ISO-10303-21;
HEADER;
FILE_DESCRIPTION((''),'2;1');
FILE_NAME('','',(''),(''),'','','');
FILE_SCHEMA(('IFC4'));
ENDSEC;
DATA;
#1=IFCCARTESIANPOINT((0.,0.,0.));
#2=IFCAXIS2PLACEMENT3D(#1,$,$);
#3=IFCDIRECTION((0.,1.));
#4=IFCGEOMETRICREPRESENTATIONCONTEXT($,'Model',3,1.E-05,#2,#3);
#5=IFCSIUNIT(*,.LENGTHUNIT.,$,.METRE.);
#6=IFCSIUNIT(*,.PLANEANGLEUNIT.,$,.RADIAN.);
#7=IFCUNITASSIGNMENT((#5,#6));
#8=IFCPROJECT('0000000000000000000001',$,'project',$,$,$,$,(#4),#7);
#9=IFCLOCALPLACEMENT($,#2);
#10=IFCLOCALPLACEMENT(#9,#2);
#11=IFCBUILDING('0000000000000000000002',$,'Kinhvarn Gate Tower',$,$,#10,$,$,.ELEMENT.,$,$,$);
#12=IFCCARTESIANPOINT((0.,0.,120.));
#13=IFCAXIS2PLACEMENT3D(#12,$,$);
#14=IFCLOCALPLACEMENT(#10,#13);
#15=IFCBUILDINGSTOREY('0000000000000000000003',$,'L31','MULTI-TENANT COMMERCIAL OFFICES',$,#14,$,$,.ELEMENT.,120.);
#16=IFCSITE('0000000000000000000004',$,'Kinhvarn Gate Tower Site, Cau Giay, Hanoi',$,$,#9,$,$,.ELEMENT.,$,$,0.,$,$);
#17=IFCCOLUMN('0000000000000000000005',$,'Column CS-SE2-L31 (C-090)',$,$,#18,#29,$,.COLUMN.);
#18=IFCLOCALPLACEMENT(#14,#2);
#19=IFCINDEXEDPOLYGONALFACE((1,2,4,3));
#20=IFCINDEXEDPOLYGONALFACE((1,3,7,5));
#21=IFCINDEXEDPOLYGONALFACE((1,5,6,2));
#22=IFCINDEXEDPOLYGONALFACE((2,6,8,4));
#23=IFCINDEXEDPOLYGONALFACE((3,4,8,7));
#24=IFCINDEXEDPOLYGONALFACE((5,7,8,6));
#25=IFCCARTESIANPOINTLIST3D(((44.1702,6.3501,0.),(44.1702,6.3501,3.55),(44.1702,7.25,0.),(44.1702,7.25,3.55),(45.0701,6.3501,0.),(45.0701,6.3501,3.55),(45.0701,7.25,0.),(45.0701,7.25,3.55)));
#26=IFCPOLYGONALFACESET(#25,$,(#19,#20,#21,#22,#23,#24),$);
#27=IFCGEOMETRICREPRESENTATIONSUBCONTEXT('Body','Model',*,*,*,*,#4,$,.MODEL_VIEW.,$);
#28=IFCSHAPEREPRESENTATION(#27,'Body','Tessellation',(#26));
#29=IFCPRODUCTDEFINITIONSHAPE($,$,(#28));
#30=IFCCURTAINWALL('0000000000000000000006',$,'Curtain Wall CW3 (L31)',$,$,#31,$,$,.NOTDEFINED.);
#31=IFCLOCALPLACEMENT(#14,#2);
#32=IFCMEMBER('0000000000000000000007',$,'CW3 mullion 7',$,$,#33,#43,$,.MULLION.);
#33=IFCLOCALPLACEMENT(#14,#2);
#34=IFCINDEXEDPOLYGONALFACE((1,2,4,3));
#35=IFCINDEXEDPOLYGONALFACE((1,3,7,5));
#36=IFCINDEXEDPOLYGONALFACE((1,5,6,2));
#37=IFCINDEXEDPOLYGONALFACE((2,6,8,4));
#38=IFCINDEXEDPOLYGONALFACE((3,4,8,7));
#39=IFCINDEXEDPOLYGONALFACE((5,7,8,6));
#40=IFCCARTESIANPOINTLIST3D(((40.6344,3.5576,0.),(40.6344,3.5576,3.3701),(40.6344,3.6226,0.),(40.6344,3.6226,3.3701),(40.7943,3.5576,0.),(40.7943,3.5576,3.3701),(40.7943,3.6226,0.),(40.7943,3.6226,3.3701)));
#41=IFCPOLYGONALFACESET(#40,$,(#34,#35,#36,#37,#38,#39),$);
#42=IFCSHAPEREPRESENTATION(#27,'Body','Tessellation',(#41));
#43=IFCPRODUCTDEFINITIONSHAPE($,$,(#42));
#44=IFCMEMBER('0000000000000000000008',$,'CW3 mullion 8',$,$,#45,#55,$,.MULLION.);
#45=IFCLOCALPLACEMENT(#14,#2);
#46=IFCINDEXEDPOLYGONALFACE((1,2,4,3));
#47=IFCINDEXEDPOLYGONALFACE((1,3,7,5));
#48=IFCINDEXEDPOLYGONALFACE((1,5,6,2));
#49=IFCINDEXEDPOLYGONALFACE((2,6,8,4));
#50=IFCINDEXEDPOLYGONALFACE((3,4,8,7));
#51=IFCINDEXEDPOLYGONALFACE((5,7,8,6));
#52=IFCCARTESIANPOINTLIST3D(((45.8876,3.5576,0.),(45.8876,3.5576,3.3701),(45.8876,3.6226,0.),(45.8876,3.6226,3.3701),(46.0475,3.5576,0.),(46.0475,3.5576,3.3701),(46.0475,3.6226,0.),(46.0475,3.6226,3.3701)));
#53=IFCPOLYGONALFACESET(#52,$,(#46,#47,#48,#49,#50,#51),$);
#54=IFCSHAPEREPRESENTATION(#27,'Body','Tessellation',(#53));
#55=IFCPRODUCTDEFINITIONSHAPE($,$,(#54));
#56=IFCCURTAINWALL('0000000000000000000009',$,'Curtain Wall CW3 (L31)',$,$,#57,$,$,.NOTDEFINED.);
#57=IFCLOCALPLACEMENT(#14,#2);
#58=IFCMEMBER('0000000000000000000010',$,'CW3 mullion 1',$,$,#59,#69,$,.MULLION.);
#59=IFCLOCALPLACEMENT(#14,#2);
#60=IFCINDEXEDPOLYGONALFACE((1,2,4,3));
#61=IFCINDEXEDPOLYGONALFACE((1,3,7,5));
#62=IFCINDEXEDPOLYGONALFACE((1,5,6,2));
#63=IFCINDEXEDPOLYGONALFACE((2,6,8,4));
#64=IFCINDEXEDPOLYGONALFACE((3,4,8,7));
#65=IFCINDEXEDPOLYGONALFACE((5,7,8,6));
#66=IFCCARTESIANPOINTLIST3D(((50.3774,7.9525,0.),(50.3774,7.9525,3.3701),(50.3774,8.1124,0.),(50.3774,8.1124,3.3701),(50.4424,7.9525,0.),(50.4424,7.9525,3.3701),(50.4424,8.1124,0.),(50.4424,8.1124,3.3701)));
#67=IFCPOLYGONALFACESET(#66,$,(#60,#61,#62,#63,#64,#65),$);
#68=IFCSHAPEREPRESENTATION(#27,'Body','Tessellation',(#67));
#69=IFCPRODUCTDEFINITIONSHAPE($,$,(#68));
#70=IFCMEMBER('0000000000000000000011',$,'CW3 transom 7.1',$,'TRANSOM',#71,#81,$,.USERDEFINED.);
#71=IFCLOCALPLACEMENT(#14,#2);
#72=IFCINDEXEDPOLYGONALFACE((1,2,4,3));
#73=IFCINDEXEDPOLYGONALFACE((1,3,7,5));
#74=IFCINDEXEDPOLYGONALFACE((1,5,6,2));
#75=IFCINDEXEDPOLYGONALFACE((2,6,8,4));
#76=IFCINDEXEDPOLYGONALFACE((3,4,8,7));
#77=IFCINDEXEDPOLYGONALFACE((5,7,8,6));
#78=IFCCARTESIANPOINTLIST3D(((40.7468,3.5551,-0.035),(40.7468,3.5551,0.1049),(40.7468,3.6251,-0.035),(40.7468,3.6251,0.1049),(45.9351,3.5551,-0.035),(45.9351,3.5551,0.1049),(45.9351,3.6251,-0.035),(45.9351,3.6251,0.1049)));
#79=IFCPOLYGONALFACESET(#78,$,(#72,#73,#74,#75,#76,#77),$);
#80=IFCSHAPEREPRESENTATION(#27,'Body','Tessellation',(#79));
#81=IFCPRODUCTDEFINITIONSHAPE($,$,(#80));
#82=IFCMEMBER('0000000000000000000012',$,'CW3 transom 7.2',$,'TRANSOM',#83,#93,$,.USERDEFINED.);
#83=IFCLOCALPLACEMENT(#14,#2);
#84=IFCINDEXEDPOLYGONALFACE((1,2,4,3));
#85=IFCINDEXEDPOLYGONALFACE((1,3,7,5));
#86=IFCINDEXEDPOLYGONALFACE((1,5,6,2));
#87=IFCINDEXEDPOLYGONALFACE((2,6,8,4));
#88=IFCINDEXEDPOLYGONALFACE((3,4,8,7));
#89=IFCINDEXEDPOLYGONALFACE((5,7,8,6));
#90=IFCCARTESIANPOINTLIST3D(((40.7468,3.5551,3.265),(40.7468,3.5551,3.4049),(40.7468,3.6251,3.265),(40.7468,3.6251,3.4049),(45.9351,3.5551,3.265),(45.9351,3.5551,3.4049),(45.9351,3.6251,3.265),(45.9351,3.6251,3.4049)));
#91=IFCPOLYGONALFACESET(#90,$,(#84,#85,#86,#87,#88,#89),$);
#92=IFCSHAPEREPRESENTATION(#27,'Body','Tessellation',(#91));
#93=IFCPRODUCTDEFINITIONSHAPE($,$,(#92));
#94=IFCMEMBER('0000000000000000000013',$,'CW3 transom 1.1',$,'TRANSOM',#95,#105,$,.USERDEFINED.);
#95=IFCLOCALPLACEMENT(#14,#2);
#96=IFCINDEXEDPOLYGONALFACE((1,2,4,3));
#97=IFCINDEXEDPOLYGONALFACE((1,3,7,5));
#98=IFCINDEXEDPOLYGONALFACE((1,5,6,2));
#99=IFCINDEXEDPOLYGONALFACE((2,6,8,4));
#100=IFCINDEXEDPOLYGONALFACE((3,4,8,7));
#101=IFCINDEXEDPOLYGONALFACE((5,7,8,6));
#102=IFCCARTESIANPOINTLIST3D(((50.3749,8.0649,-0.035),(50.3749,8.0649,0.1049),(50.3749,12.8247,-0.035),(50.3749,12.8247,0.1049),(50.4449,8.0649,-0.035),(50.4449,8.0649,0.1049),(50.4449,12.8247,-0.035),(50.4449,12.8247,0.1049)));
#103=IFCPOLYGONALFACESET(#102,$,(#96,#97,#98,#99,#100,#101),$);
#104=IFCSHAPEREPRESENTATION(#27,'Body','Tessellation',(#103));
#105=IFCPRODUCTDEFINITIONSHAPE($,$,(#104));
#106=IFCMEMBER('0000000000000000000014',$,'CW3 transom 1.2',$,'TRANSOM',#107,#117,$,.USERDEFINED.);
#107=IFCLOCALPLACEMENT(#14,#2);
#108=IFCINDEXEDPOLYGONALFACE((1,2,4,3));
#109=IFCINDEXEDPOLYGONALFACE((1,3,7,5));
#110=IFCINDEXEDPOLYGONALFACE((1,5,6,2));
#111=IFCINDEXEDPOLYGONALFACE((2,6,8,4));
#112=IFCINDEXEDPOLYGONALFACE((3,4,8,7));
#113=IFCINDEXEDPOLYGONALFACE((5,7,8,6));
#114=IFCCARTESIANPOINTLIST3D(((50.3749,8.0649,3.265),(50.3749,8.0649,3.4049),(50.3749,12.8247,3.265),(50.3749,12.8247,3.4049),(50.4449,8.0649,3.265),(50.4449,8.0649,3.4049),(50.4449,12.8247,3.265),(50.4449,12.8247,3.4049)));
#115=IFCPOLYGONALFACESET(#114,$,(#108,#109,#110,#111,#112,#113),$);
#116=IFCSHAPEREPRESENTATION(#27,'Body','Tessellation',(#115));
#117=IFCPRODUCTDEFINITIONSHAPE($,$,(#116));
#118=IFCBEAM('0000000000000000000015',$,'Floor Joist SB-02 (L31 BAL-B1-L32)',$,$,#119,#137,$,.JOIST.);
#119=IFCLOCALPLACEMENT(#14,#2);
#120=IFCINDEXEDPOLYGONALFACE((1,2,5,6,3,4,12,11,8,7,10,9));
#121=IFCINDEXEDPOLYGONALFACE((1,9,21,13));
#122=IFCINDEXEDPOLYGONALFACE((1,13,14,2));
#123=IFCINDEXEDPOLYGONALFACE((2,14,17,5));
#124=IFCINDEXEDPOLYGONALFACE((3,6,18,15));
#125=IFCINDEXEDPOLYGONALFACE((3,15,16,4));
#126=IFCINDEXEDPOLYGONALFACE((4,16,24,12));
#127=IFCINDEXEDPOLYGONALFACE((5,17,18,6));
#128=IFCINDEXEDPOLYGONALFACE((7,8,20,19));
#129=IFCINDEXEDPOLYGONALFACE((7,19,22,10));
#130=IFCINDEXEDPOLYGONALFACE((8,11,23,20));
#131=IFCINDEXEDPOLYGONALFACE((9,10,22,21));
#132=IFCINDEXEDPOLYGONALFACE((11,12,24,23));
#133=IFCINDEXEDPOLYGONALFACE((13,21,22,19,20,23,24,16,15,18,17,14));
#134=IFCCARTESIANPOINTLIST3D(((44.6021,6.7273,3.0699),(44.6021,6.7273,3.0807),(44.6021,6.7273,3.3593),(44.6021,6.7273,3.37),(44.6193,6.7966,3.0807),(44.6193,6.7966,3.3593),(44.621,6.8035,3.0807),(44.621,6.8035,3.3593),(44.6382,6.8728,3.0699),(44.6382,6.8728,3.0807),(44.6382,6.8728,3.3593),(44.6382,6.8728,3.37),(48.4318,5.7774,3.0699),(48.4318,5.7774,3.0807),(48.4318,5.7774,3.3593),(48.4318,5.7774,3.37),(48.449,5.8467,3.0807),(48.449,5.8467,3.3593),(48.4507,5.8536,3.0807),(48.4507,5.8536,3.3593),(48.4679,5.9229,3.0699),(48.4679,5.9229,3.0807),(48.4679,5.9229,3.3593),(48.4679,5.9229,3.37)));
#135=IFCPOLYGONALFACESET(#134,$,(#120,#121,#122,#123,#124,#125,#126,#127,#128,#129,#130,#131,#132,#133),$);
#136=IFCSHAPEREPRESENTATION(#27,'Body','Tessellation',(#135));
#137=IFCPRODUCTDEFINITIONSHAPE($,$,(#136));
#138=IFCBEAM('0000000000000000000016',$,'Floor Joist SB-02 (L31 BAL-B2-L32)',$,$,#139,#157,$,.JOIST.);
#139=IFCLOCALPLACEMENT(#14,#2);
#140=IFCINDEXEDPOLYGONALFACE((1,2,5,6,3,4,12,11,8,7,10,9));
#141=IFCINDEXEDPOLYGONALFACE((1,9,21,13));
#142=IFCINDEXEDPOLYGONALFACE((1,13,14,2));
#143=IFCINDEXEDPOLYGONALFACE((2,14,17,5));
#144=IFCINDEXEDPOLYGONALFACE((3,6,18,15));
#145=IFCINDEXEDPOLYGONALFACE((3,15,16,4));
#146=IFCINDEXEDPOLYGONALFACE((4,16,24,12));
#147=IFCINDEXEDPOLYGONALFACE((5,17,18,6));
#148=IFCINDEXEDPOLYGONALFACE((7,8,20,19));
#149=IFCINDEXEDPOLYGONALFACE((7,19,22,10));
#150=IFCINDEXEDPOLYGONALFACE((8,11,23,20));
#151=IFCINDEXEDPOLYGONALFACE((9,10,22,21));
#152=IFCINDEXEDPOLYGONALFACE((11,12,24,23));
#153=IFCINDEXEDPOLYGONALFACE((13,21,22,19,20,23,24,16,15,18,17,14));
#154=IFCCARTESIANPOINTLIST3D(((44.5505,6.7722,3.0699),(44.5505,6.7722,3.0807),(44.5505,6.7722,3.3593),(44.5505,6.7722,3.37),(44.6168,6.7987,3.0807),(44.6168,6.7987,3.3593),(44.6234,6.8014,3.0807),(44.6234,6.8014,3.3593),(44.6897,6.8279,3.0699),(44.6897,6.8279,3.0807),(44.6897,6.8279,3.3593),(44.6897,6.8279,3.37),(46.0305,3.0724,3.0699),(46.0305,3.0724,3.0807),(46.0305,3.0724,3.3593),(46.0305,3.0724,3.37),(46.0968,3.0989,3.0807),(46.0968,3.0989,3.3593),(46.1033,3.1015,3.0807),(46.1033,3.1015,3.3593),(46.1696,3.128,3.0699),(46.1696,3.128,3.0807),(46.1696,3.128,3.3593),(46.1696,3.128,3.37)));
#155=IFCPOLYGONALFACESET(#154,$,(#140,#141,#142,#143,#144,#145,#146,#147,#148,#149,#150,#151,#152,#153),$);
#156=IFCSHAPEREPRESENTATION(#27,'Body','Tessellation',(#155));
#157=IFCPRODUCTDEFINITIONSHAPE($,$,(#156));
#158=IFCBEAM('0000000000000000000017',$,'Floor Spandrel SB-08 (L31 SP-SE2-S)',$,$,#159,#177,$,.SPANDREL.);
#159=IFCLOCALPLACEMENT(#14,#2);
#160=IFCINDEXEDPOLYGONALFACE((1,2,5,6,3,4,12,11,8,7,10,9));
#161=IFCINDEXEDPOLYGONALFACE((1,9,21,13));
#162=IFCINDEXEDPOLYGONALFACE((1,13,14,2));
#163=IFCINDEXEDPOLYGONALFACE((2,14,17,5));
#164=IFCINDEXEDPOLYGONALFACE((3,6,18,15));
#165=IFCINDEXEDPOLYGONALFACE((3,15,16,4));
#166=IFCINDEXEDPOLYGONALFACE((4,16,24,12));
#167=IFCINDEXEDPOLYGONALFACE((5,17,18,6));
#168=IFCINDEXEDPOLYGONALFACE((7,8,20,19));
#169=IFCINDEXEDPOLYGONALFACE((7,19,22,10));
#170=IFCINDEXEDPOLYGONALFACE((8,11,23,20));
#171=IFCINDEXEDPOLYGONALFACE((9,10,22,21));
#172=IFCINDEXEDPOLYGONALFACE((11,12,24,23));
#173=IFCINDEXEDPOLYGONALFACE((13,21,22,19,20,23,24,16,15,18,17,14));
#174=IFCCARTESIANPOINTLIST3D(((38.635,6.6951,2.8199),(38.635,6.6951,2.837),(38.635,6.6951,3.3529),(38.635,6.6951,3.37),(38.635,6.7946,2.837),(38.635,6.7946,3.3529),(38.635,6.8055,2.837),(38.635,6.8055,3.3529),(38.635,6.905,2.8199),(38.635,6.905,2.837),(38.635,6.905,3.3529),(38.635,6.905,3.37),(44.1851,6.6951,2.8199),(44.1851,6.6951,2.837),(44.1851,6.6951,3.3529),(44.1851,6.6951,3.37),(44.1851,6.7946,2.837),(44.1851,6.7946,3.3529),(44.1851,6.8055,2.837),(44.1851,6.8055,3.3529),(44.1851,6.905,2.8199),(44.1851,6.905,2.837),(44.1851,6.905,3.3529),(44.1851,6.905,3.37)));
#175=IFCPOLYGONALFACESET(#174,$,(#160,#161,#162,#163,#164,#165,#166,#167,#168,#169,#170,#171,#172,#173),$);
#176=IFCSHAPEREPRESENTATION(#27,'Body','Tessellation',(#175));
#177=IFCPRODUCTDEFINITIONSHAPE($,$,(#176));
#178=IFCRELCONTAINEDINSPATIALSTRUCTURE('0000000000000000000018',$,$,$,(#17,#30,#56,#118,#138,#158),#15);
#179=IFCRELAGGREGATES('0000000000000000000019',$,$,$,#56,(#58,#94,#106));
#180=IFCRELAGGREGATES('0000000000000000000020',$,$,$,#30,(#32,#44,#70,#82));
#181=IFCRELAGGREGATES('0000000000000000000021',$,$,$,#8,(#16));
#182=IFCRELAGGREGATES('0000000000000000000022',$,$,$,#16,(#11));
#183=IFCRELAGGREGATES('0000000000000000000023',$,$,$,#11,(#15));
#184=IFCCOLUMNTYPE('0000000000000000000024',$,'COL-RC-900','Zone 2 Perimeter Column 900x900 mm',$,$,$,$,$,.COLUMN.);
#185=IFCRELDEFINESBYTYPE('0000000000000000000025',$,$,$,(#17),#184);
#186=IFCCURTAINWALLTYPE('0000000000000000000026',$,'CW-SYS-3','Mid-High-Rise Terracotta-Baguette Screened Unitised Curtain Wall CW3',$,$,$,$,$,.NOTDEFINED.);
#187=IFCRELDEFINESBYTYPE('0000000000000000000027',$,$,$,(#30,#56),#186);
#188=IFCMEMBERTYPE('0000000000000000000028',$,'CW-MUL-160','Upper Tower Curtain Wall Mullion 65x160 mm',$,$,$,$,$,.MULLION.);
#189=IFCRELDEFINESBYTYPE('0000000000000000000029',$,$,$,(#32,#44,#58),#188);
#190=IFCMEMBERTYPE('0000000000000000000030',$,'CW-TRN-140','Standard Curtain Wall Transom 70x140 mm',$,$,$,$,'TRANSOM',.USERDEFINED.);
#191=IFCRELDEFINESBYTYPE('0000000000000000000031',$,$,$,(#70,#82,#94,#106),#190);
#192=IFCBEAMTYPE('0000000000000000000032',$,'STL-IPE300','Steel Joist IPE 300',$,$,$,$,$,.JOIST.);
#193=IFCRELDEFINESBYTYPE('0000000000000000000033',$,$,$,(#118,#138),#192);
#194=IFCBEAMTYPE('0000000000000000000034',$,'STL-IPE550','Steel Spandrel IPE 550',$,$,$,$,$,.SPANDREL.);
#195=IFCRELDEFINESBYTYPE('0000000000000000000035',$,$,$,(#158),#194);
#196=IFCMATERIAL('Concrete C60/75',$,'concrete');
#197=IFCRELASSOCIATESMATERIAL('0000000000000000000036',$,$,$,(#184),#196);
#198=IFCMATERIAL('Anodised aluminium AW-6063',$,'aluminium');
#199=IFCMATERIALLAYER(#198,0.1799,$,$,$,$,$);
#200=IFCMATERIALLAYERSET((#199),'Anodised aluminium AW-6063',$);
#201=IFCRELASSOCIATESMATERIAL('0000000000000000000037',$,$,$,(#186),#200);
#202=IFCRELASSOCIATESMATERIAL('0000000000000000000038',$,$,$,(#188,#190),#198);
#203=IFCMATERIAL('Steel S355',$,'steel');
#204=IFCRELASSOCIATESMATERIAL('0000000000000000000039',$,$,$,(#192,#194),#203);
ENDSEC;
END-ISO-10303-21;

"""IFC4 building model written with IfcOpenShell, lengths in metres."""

from ifc_helpers import new_model, si_unit, direction, frame, origin, origin_2d, place, context, subcontext, project, spatial, rectangle, i_section, extrude, material, layer, layer_set, material_profile, profile_set, type_object, element, aggregate, save


model = new_model("IFC4")

# Units and contexts
model_context = context("Model", 3, precision=1e-05, world=origin(), true_north=direction((0.0, 1.0)))
body_context = subcontext(model_context, "Body", "Model", "MODEL_VIEW")
ifc_project = project(units=[si_unit("LENGTHUNIT", "METRE"), si_unit("PLANEANGLEUNIT", "RADIAN")], contexts=[model_context])

# Site, building, storey
site_placement = place(None, origin())
site = spatial("IfcSite", under=ifc_project, at=site_placement, Name="Kinhvarn Gate Tower Site, Cau Giay, Hanoi", CompositionType="ELEMENT", RefElevation=0.0)
building_placement = place(site_placement, origin())
building = spatial("IfcBuilding", under=site, at=building_placement, Name="Kinhvarn Gate Tower", CompositionType="ELEMENT")
storey_placement = place(building_placement, frame((0.0, 0.0, 120.0)))
storey = spatial("IfcBuildingStorey", under=building, at=storey_placement, Name="L31", Description="MULTI-TENANT COMMERCIAL OFFICES", CompositionType="ELEMENT", Elevation=120.0)

# Column
ifc_material_1 = material(Name="Concrete C60/75", Category="concrete")
ifc_material_profile_1 = material_profile(ifc_material_1, rectangle(XDim=0.8999, YDim=0.8999, at=origin_2d()), Name="RC 900x900")
ifc_profile_set_1 = profile_set([ifc_material_profile_1], Name="Concrete C60/75")
column_type = type_object("IfcColumnType", Name="COL-RC-900", Description="Zone 2 Perimeter Column 900x900 mm", PredefinedType="COLUMN", material=ifc_profile_set_1)
column_placement = place(storey_placement, frame((44.6201, 6.8, 0.0), z_axis=(0.0, 0.0, 1.0), x_axis=(1.0, 0.0, 0.0)))
element("IfcColumn", 1, at=column_placement, inside=storey, type_object=column_type, Name="Column CS-SE2-L31 (C-090)", PredefinedType="COLUMN", context=body_context, shape_type="SweptSolid", body=[
    extrude(rectangle(XDim=0.8999, YDim=0.8999, at=origin_2d()), origin(), (0.0, 0.0, 1.0), 3.55),
])

# Curtain wall, members
ifc_material_2 = material(Name="Anodised aluminium AW-6063", Category="aluminium")
ifc_layer_1 = layer(ifc_material_2, 0.1799)
ifc_layer_set_1 = layer_set([ifc_layer_1], Name="Anodised aluminium AW-6063")
curtain_wall_type = type_object("IfcCurtainWallType", Name="CW-SYS-3", Description="Mid-High-Rise Terracotta-Baguette Screened Unitised Curtain Wall CW3", PredefinedType="NOTDEFINED", material=ifc_layer_set_1)
curtain_wall_1_placement = place(storey_placement, origin())
curtain_wall_1 = element("IfcCurtainWall", 2, at=curtain_wall_1_placement, inside=storey, type_object=curtain_wall_type, Name="Curtain Wall CW3 (L31)", PredefinedType="NOTDEFINED")
ifc_material_profile_2 = material_profile(ifc_material_2, rectangle(XDim=0.0649, YDim=0.1599, at=origin_2d()), Name="ALU 65x160")
ifc_profile_set_2 = profile_set([ifc_material_profile_2], Name="Anodised aluminium AW-6063")
member_type_1 = type_object("IfcMemberType", Name="CW-MUL-160", Description="Upper Tower Curtain Wall Mullion 65x160 mm", PredefinedType="MULLION", material=ifc_profile_set_2)
member_1_placement = place(storey_placement, frame((40.7144, 3.5901, 0.0), z_axis=(0.0, 0.0, 1.0), x_axis=(0.0, 1.0, 0.0)))
member_1 = element("IfcMember", 3, at=member_1_placement, type_object=member_type_1, Name="CW3 mullion 7", PredefinedType="MULLION", context=body_context, shape_type="SweptSolid", body=[
    extrude(rectangle(XDim=0.0649, YDim=0.1599, at=origin_2d()), origin(), (0.0, 0.0, 1.0), 3.3701),
])
member_2_placement = place(storey_placement, frame((45.9675, 3.5901, 0.0), z_axis=(0.0, 0.0, 1.0), x_axis=(0.0, 1.0, 0.0)))
member_2 = element("IfcMember", 4, at=member_2_placement, type_object=member_type_1, Name="CW3 mullion 8", PredefinedType="MULLION", context=body_context, shape_type="SweptSolid", body=[
    extrude(rectangle(XDim=0.0649, YDim=0.1599, at=origin_2d()), origin(), (0.0, 0.0, 1.0), 3.3701),
])

# Curtain wall, member
curtain_wall_2_placement = place(storey_placement, origin())
curtain_wall_2 = element("IfcCurtainWall", 5, at=curtain_wall_2_placement, inside=storey, type_object=curtain_wall_type, Name="Curtain Wall CW3 (L31)", PredefinedType="NOTDEFINED")
member_3_placement = place(storey_placement, frame((50.4099, 8.0325, 0.0), z_axis=(0.0, 0.0, 1.0), x_axis=(-1.0, 0.0, 0.0)))
member_3 = element("IfcMember", 6, at=member_3_placement, type_object=member_type_1, Name="CW3 mullion 1", PredefinedType="MULLION", context=body_context, shape_type="SweptSolid", body=[
    extrude(rectangle(XDim=0.0649, YDim=0.1599, at=origin_2d()), origin(), (0.0, 0.0, 1.0), 3.3701),
])

# Members
ifc_material_profile_3 = material_profile(ifc_material_2, rectangle(XDim=0.0701, YDim=0.1399, at=origin_2d()), Name="ALU 70x140")
ifc_profile_set_3 = profile_set([ifc_material_profile_3], Name="Anodised aluminium AW-6063")
member_type_2 = type_object("IfcMemberType", Name="CW-TRN-140", Description="Standard Curtain Wall Transom 70x140 mm", ElementType="TRANSOM", PredefinedType="USERDEFINED", material=ifc_profile_set_3)
member_4_placement = place(storey_placement, frame((40.7468, 3.5901, 0.0349), z_axis=(1.0, 0.0, 0.0), x_axis=(0.0, 1.0, 0.0)))
member_4 = element("IfcMember", 7, at=member_4_placement, type_object=member_type_2, Name="CW3 transom 7.1", ObjectType="TRANSOM", PredefinedType="USERDEFINED", context=body_context, shape_type="SweptSolid", body=[
    extrude(rectangle(XDim=0.0701, YDim=0.1399, at=origin_2d()), origin(), (0.0, 0.0, 1.0), 5.1882),
])
member_5_placement = place(storey_placement, frame((40.7468, 3.5901, 3.335), z_axis=(1.0, 0.0, 0.0), x_axis=(0.0, 1.0, 0.0)))
member_5 = element("IfcMember", 8, at=member_5_placement, type_object=member_type_2, Name="CW3 transom 7.2", ObjectType="TRANSOM", PredefinedType="USERDEFINED", context=body_context, shape_type="SweptSolid", body=[
    extrude(rectangle(XDim=0.0701, YDim=0.1399, at=origin_2d()), origin(), (0.0, 0.0, 1.0), 5.1882),
])
member_6_placement = place(storey_placement, frame((50.4099, 8.0649, 0.0349), z_axis=(0.0, 1.0, 0.0), x_axis=(-1.0, 0.0, 0.0)))
member_6 = element("IfcMember", 9, at=member_6_placement, type_object=member_type_2, Name="CW3 transom 1.1", ObjectType="TRANSOM", PredefinedType="USERDEFINED", context=body_context, shape_type="SweptSolid", body=[
    extrude(rectangle(XDim=0.0701, YDim=0.1399, at=origin_2d()), origin(), (0.0, 0.0, 1.0), 4.7598),
])
member_7_placement = place(storey_placement, frame((50.4099, 8.0649, 3.335), z_axis=(0.0, 1.0, 0.0), x_axis=(-1.0, 0.0, 0.0)))
member_7 = element("IfcMember", 10, at=member_7_placement, type_object=member_type_2, Name="CW3 transom 1.2", ObjectType="TRANSOM", PredefinedType="USERDEFINED", context=body_context, shape_type="SweptSolid", body=[
    extrude(rectangle(XDim=0.0701, YDim=0.1399, at=origin_2d()), origin(), (0.0, 0.0, 1.0), 4.7598),
])
aggregate(curtain_wall_2, [member_3, member_6, member_7])

# Beams
ifc_material_3 = material(Name="Steel S355", Category="steel")
ifc_material_profile_4 = material_profile(ifc_material_3, i_section(OverallWidth=0.1499, OverallDepth=0.3, WebThickness=0.0071, FlangeThickness=0.0107, at=origin_2d()), Name="IPE 300")
ifc_profile_set_4 = profile_set([ifc_material_profile_4], Name="Steel S355")
beam_type_1 = type_object("IfcBeamType", Name="STL-IPE300", Description="Steel Joist IPE 300", PredefinedType="JOIST", material=ifc_profile_set_4)
beam_1_placement = place(storey_placement, frame((44.6201, 6.8, 3.22), z_axis=(0.970589, -0.240745, 0.0), x_axis=(0.240745, 0.970589, 0.0)))
element("IfcBeam", 11, at=beam_1_placement, inside=storey, type_object=beam_type_1, Name="Floor Joist SB-02 (L31 BAL-B1-L32)", PredefinedType="JOIST", context=body_context, shape_type="SweptSolid", body=[
    extrude(i_section(OverallWidth=0.1499, OverallDepth=0.3, WebThickness=0.0071, FlangeThickness=0.0107, at=origin_2d()), origin(), (0.0, 0.0, 1.0), 3.9458),
])
beam_2_placement = place(storey_placement, frame((44.6201, 6.8, 3.22), z_axis=(0.371391, -0.928477, 0.0), x_axis=(0.928477, 0.371391, 0.0)))
element("IfcBeam", 12, at=beam_2_placement, inside=storey, type_object=beam_type_1, Name="Floor Joist SB-02 (L31 BAL-B2-L32)", PredefinedType="JOIST", context=body_context, shape_type="SweptSolid", body=[
    extrude(i_section(OverallWidth=0.1499, OverallDepth=0.3, WebThickness=0.0071, FlangeThickness=0.0107, at=origin_2d()), origin(), (0.0, 0.0, 1.0), 3.9849),
])
ifc_material_profile_5 = material_profile(ifc_material_3, i_section(OverallWidth=0.21, OverallDepth=0.55, WebThickness=0.011, FlangeThickness=0.0171, at=origin_2d()), Name="IPE 550")
ifc_profile_set_5 = profile_set([ifc_material_profile_5], Name="Steel S355")
beam_type_2 = type_object("IfcBeamType", Name="STL-IPE550", Description="Steel Spandrel IPE 550", PredefinedType="SPANDREL", material=ifc_profile_set_5)
beam_3_placement = place(storey_placement, frame((38.635, 6.8, 3.095), z_axis=(1.0, 0.0, 0.0), x_axis=(0.0, 1.0, 0.0)))
element("IfcBeam", 13, at=beam_3_placement, inside=storey, type_object=beam_type_2, Name="Floor Spandrel SB-08 (L31 SP-SE2-S)", PredefinedType="SPANDREL", context=body_context, shape_type="SweptSolid", body=[
    extrude(i_section(OverallWidth=0.21, OverallDepth=0.55, WebThickness=0.011, FlangeThickness=0.0171, at=origin_2d()), origin(), (0.0, 0.0, 1.0), 5.55),
])

aggregate(curtain_wall_1, [member_1, member_2, member_4, member_5])

save(model, "model.ifc")
